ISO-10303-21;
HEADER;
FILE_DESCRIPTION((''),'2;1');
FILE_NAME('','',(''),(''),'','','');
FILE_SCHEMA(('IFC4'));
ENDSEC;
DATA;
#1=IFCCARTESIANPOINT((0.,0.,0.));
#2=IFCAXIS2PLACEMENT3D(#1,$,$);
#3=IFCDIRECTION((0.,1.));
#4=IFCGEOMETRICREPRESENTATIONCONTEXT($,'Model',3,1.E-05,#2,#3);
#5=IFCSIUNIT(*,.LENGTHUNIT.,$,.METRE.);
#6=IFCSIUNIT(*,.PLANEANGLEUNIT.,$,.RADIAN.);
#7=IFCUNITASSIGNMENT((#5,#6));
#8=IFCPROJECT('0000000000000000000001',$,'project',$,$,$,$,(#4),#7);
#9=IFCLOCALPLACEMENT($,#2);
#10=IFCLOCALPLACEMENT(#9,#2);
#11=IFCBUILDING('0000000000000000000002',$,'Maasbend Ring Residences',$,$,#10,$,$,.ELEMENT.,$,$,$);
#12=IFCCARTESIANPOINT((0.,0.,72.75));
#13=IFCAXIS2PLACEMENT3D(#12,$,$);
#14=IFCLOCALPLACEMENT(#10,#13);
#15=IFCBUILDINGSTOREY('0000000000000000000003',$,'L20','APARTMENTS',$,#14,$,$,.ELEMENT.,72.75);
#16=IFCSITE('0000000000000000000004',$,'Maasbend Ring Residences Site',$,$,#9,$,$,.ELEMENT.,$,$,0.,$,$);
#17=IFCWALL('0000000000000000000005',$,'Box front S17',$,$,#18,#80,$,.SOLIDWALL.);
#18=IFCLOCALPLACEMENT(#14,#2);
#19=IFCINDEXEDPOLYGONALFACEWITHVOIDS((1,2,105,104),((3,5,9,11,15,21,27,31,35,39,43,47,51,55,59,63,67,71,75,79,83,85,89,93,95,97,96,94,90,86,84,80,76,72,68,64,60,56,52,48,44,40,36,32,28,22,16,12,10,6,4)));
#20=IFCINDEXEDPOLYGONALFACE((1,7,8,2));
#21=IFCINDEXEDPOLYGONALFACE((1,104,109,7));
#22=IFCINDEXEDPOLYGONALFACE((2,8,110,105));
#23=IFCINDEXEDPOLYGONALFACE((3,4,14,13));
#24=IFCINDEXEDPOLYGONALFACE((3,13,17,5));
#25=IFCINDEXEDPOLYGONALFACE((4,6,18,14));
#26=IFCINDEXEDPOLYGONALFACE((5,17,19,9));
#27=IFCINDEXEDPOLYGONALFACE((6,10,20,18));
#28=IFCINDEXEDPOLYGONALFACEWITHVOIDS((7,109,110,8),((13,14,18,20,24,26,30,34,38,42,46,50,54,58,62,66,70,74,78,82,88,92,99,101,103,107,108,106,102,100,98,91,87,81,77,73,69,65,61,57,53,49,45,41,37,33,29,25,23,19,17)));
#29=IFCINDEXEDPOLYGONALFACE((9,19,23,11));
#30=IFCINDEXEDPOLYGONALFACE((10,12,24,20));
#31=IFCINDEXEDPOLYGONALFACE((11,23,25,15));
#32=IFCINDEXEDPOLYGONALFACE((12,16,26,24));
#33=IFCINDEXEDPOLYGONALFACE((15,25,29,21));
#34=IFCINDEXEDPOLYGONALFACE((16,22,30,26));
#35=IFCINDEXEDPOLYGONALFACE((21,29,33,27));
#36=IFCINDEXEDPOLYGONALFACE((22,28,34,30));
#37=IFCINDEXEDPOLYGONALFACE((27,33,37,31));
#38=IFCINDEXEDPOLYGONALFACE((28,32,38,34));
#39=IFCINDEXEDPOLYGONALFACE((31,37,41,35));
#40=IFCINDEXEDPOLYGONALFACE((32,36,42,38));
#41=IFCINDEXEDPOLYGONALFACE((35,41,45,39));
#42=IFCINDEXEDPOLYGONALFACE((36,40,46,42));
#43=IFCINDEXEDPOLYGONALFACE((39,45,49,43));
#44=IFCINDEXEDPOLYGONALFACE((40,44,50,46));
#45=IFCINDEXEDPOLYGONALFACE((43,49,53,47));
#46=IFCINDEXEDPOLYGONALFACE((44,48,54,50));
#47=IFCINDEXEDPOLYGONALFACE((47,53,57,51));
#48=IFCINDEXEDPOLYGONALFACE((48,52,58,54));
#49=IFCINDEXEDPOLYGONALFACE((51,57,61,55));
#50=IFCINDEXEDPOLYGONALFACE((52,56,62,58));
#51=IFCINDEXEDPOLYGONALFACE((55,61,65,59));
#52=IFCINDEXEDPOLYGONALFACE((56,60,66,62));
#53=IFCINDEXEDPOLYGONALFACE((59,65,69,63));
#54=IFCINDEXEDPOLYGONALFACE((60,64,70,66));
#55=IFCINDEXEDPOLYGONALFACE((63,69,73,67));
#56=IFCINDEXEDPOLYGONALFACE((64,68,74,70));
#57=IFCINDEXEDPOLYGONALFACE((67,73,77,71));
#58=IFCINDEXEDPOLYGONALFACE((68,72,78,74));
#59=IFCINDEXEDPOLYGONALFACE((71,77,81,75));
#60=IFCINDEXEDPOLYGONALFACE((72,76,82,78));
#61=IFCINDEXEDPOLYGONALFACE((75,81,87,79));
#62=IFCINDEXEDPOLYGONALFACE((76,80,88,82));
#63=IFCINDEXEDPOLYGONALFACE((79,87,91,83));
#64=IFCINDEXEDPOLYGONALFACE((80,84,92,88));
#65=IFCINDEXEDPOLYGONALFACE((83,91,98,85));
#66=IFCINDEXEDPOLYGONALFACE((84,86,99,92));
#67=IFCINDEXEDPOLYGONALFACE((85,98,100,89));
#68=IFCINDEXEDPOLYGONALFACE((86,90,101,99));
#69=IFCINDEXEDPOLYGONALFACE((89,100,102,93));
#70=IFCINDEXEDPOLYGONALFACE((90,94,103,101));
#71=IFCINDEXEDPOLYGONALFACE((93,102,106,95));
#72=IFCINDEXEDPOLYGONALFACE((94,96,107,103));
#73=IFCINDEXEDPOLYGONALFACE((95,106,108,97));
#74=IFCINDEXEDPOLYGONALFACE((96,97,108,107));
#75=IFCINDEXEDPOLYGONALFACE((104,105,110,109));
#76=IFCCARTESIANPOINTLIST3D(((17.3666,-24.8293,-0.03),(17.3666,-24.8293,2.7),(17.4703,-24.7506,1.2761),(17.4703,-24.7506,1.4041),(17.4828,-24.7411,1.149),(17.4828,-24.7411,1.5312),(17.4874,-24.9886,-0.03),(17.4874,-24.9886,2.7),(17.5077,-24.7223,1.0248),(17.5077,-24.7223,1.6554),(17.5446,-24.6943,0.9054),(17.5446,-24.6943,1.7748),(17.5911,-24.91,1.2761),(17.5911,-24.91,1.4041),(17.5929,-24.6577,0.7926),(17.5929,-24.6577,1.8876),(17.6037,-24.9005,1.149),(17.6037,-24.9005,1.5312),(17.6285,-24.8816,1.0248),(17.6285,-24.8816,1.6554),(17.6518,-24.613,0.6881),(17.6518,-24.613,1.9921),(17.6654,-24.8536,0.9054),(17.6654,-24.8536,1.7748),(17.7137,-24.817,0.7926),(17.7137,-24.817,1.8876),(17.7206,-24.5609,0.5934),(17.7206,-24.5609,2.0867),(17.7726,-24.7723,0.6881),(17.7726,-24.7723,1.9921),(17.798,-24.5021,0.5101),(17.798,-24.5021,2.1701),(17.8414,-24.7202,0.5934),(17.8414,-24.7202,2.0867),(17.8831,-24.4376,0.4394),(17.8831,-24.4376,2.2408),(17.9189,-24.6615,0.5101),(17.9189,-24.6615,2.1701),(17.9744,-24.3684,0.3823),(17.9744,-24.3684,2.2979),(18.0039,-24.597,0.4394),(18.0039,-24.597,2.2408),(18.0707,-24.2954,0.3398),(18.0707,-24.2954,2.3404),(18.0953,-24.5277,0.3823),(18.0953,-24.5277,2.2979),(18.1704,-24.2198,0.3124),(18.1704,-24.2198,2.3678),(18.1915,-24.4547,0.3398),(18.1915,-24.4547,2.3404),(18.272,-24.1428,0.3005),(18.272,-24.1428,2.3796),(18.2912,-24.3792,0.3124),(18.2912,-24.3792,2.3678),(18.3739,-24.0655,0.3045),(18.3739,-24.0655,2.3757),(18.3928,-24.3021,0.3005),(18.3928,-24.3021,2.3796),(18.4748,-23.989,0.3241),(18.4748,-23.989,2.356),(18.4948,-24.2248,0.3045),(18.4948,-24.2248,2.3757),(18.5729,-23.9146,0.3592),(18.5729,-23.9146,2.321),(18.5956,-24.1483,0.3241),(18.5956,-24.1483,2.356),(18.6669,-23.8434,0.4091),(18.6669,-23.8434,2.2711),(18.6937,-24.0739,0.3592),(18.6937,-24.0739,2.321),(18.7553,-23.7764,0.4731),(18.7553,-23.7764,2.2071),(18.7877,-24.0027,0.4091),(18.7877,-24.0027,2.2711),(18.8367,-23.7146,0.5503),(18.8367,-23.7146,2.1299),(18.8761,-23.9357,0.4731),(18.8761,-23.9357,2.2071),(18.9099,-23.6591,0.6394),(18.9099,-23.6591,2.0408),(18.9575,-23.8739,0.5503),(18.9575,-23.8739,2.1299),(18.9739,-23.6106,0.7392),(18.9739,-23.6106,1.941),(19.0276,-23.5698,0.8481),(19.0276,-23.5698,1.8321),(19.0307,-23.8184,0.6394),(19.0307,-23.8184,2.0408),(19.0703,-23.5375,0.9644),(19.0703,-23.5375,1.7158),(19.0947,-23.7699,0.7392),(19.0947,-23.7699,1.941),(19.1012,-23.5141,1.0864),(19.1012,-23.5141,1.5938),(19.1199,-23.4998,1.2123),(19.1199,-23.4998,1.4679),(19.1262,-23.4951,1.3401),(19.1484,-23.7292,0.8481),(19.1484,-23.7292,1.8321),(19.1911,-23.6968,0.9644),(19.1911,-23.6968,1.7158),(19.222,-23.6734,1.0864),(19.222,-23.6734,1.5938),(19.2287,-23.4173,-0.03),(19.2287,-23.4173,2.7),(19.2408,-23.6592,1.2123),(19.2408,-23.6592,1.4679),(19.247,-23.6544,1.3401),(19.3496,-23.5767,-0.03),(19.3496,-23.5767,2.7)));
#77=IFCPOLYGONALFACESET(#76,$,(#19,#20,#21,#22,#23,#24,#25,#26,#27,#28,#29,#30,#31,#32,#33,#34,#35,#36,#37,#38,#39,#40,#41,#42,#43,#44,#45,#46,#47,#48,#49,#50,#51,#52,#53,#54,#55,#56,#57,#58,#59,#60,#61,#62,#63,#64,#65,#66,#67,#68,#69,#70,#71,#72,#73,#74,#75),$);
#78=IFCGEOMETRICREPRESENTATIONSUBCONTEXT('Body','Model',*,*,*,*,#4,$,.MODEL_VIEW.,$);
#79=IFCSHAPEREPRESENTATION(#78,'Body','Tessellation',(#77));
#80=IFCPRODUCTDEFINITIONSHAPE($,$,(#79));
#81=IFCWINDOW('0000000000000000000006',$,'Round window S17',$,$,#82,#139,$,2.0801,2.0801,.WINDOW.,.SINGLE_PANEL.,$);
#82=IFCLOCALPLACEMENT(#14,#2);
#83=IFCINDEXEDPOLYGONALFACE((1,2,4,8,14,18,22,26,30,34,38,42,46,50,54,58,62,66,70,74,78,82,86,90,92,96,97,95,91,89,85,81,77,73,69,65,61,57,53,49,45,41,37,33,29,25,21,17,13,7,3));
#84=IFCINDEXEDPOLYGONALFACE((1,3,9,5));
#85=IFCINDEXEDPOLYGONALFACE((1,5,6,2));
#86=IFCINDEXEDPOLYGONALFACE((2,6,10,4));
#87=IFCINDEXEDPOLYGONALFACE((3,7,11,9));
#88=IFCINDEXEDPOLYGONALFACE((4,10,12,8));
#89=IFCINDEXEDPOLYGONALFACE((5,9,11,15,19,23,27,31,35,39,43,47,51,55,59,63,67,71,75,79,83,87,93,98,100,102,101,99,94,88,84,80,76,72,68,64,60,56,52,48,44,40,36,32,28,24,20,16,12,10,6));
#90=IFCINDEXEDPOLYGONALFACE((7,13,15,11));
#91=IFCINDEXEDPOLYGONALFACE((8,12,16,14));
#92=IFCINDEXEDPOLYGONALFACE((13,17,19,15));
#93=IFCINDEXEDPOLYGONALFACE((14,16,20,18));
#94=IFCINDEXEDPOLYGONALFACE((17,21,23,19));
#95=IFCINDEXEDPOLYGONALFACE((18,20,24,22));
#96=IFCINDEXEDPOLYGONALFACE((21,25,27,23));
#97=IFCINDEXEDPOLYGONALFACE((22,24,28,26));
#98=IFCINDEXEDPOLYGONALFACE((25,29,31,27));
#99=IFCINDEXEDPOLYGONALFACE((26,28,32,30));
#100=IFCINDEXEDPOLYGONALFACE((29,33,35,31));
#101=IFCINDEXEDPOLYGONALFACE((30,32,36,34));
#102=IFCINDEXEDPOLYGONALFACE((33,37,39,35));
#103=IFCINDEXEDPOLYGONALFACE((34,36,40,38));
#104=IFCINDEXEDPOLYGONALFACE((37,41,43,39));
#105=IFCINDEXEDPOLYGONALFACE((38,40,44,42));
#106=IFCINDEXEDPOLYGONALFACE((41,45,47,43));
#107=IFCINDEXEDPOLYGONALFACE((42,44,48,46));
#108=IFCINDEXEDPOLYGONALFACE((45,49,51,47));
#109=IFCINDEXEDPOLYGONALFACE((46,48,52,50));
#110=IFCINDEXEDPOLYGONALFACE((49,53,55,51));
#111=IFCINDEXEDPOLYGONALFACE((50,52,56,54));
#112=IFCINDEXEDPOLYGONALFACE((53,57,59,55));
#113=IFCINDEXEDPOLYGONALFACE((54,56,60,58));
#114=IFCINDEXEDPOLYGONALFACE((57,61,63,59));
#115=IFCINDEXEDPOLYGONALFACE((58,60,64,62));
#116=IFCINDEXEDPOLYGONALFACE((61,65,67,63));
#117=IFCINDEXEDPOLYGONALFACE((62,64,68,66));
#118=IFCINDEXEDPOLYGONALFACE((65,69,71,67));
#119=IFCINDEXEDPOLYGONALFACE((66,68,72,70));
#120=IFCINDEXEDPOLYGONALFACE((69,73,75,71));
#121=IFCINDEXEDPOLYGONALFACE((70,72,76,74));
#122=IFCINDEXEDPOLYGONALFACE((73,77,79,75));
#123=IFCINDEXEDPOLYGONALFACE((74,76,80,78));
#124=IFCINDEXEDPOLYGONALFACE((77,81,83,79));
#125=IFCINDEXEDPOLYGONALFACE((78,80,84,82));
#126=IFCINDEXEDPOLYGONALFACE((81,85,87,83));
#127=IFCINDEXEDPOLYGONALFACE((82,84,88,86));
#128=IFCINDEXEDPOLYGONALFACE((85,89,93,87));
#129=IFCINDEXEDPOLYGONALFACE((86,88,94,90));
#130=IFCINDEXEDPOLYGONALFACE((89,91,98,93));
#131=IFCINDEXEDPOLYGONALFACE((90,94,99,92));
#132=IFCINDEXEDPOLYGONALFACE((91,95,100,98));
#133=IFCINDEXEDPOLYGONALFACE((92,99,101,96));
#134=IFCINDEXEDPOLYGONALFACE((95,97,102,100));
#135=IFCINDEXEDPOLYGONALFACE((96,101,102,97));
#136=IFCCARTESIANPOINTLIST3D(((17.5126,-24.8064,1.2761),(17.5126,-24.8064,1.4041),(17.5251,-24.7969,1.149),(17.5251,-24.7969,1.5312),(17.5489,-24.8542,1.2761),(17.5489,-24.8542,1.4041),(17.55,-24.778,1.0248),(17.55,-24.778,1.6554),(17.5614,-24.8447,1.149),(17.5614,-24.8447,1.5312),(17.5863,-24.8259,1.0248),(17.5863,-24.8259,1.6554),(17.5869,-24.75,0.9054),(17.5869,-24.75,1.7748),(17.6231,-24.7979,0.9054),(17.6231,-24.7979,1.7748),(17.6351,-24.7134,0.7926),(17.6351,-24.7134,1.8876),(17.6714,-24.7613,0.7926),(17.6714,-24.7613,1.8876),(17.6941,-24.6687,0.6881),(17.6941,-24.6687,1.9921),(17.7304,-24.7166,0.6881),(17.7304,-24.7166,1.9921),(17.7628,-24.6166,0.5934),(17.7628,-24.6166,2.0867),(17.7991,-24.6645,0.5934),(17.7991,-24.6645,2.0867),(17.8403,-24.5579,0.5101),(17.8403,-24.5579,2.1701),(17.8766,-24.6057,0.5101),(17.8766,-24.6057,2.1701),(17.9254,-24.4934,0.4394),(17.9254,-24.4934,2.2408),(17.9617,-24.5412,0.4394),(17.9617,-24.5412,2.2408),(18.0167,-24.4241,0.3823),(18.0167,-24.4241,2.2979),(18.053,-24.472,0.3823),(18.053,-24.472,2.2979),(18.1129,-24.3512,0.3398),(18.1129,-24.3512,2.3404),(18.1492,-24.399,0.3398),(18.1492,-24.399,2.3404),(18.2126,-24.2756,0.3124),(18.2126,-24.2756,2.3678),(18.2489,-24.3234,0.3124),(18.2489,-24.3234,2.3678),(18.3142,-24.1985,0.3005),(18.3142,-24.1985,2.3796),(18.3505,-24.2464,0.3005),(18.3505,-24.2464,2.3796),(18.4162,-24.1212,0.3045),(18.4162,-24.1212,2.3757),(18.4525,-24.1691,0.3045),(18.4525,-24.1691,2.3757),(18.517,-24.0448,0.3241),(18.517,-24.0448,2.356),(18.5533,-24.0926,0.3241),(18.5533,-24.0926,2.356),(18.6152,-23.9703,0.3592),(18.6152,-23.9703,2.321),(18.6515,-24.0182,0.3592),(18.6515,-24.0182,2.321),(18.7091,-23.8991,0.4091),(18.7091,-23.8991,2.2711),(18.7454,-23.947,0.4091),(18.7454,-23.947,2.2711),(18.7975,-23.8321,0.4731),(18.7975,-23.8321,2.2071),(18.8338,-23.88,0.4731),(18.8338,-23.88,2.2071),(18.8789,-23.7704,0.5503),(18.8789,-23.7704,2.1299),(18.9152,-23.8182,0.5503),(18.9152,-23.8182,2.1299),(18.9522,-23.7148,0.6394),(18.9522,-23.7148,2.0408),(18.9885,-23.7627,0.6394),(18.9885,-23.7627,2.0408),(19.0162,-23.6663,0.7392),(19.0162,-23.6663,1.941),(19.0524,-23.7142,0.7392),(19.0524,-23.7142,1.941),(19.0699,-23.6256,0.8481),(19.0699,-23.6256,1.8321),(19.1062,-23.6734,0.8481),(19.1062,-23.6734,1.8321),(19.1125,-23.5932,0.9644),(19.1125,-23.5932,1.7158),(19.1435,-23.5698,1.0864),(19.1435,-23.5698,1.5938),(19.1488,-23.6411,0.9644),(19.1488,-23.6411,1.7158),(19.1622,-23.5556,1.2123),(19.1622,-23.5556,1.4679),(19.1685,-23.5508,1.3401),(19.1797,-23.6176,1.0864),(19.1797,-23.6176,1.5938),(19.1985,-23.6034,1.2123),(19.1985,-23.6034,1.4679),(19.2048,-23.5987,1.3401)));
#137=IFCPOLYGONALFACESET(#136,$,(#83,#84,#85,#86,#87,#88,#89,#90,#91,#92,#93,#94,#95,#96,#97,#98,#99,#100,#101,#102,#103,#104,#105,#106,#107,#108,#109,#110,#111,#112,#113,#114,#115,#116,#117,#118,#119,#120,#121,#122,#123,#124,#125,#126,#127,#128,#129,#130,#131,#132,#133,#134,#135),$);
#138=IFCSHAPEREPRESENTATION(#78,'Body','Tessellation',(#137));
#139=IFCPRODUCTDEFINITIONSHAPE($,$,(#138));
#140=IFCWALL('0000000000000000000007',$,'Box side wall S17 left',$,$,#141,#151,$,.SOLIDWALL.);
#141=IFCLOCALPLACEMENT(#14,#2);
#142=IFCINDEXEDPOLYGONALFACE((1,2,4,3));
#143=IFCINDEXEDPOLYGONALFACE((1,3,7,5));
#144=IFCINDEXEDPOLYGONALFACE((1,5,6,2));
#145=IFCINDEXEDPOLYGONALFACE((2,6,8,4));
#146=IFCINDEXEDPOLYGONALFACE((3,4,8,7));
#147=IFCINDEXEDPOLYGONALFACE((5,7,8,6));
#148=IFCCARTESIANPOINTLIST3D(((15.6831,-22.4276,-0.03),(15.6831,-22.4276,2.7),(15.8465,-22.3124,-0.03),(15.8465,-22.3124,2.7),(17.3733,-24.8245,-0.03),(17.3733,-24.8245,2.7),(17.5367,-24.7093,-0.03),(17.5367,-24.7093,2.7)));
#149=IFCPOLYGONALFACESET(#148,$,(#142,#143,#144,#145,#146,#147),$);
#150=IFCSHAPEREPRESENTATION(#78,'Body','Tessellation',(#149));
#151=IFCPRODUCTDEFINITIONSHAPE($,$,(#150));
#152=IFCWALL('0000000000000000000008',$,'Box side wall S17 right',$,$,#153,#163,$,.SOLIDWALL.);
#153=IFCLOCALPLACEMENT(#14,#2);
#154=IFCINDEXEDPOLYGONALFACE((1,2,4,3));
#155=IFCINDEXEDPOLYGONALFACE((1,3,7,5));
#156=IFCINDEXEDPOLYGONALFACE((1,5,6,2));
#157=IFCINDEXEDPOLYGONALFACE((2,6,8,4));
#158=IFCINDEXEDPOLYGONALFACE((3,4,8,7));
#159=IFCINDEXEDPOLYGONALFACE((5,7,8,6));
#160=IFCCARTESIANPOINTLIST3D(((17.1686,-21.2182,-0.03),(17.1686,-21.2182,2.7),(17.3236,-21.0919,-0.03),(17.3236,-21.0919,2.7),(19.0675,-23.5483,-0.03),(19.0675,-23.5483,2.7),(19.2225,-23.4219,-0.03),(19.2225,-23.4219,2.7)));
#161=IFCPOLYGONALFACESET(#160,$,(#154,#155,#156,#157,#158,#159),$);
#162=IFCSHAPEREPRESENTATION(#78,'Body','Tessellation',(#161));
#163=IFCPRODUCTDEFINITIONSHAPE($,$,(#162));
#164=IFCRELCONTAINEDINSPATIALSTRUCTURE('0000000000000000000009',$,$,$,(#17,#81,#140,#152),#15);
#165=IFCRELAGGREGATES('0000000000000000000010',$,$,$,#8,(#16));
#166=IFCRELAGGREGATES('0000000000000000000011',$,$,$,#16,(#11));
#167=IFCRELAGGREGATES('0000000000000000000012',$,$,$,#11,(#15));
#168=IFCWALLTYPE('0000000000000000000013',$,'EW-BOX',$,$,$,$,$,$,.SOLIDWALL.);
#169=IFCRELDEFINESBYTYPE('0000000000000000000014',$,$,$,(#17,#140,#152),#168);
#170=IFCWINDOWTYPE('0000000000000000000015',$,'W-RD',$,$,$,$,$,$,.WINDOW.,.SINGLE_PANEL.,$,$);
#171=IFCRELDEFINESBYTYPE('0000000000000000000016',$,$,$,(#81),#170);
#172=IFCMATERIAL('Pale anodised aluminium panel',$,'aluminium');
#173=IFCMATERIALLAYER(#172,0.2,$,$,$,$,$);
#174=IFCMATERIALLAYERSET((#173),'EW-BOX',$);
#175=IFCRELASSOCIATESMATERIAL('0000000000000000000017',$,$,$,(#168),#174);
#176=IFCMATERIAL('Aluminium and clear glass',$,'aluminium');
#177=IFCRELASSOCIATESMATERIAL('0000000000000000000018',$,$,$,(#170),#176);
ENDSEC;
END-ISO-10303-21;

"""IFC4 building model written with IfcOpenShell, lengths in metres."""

from ifc_helpers import new_model, si_unit, direction, frame, frame_2d, origin, place, context, subcontext, project, spatial, rectangle, circle, extrude, material, layer, layer_set, type_object, element, fill, save


model = new_model("IFC4")

# Units and contexts
model_context = context("Model", 3, precision=1e-05, world=origin(), true_north=direction((0.0, 1.0)))
body_context = subcontext(model_context, "Body", "Model", "MODEL_VIEW")
ifc_project = project(units=[si_unit("LENGTHUNIT", "METRE"), si_unit("PLANEANGLEUNIT", "RADIAN")], contexts=[model_context])

# Site, building, storey
site_placement = place(None, origin())
site = spatial("IfcSite", under=ifc_project, at=site_placement, Name="Maasbend Ring Residences Site", CompositionType="ELEMENT", RefElevation=0.0)
building_placement = place(site_placement, origin())
building = spatial("IfcBuilding", under=site, at=building_placement, Name="Maasbend Ring Residences", CompositionType="ELEMENT")
storey_placement = place(building_placement, frame((0.0, 0.0, 72.75)))
storey = spatial("IfcBuildingStorey", under=building, at=storey_placement, Name="L20", Description="APARTMENTS", CompositionType="ELEMENT", Elevation=72.75)

# Shared definitions
ifc_material_1 = material(Name="Pale anodised aluminium panel", Category="aluminium")
ifc_layer_1 = layer(ifc_material_1, 0.2)
ifc_layer_set_1 = layer_set([ifc_layer_1], Name="EW-BOX")
wall_type_1 = type_object("IfcWallType", Name="EW-BOX", PredefinedType="SOLIDWALL", material=ifc_layer_set_1)
ifc_material_2 = material(Name="Aluminium and clear glass", Category="aluminium")
window_type_1 = type_object("IfcWindowType", Name="W-RD", PartitioningType="SINGLE_PANEL", PredefinedType="WINDOW", material=ifc_material_2)

# Wall, opening, window
wall_1_placement = place(storey_placement, frame((17.427, -24.9089, -0.03), z_axis=(0.0, 0.0, 1.0), x_axis=(0.796842, 0.604188, 0.0)))
wall_1 = element("IfcWall", 1, at=wall_1_placement, inside=storey, type_object=wall_type_1, Name="Box front S17", PredefinedType="SOLIDWALL", context=body_context, shape_type="SweptSolid", body=[
    extrude(rectangle(XDim=2.3369, YDim=0.2, at=frame_2d((1.1685, 0.0))), origin(), (0.0, 0.0, 1.0), 2.73),
])
opening_1_placement = place(wall_1_placement, frame((0.1282, 0.0, 0.3301)))
opening_1 = element("IfcOpeningElement", 2, at=opening_1_placement, cuts=wall_1, PredefinedType="OPENING", context=body_context, shape_type="SweptSolid", body=[
    extrude(circle(Radius=1.04, at=frame_2d((1.04, 1.04))), frame((0.0, 0.1099, 0.0), z_axis=(0.0, -1.0, 0.0), x_axis=(1.0, 0.0, 0.0)), (0.0, 0.0, 1.0), 0.22),
])
window_1_placement = place(opening_1_placement, origin())
window_1 = element("IfcWindow", 3, at=window_1_placement, inside=storey, type_object=window_type_1, Name="Round window S17", OverallHeight=2.0801, OverallWidth=2.0801, PartitioningType="SINGLE_PANEL", PredefinedType="WINDOW", context=body_context, shape_type="SweptSolid", body=[
    extrude(circle(Radius=1.04, at=frame_2d((1.04, 1.04))), frame((0.0, 0.03, 0.0), z_axis=(0.0, -1.0, 0.0), x_axis=(1.0, 0.0, 0.0)), (0.0, 0.0, 1.0), 0.0601),
])
fill(opening_1, window_1)

# Walls
wall_2_placement = place(storey_placement, frame((15.7649, -22.3701, -0.03), z_axis=(0.0, 0.0, 1.0), x_axis=(0.576275, -0.817256, 0.0)))
element("IfcWall", 4, at=wall_2_placement, inside=storey, type_object=wall_type_1, Name="Box side wall S17 left", PredefinedType="SOLIDWALL", context=body_context, shape_type="SweptSolid", body=[
    extrude(rectangle(XDim=2.9329, YDim=0.2, at=frame_2d((1.4663, 0.0))), origin(), (0.0, 0.0, 1.0), 2.73),
])
wall_3_placement = place(storey_placement, frame((17.2461, -21.155, -0.03), z_axis=(0.0, 0.0, 1.0), x_axis=(0.631742, -0.775179, 0.0)))
element("IfcWall", 5, at=wall_3_placement, inside=storey, type_object=wall_type_1, Name="Box side wall S17 right", PredefinedType="SOLIDWALL", context=body_context, shape_type="SweptSolid", body=[
    extrude(rectangle(XDim=3.0059, YDim=0.2, at=frame_2d((1.5029, 0.0))), origin(), (0.0, 0.0, 1.0), 2.73),
])

save(model, "model.ifc")
